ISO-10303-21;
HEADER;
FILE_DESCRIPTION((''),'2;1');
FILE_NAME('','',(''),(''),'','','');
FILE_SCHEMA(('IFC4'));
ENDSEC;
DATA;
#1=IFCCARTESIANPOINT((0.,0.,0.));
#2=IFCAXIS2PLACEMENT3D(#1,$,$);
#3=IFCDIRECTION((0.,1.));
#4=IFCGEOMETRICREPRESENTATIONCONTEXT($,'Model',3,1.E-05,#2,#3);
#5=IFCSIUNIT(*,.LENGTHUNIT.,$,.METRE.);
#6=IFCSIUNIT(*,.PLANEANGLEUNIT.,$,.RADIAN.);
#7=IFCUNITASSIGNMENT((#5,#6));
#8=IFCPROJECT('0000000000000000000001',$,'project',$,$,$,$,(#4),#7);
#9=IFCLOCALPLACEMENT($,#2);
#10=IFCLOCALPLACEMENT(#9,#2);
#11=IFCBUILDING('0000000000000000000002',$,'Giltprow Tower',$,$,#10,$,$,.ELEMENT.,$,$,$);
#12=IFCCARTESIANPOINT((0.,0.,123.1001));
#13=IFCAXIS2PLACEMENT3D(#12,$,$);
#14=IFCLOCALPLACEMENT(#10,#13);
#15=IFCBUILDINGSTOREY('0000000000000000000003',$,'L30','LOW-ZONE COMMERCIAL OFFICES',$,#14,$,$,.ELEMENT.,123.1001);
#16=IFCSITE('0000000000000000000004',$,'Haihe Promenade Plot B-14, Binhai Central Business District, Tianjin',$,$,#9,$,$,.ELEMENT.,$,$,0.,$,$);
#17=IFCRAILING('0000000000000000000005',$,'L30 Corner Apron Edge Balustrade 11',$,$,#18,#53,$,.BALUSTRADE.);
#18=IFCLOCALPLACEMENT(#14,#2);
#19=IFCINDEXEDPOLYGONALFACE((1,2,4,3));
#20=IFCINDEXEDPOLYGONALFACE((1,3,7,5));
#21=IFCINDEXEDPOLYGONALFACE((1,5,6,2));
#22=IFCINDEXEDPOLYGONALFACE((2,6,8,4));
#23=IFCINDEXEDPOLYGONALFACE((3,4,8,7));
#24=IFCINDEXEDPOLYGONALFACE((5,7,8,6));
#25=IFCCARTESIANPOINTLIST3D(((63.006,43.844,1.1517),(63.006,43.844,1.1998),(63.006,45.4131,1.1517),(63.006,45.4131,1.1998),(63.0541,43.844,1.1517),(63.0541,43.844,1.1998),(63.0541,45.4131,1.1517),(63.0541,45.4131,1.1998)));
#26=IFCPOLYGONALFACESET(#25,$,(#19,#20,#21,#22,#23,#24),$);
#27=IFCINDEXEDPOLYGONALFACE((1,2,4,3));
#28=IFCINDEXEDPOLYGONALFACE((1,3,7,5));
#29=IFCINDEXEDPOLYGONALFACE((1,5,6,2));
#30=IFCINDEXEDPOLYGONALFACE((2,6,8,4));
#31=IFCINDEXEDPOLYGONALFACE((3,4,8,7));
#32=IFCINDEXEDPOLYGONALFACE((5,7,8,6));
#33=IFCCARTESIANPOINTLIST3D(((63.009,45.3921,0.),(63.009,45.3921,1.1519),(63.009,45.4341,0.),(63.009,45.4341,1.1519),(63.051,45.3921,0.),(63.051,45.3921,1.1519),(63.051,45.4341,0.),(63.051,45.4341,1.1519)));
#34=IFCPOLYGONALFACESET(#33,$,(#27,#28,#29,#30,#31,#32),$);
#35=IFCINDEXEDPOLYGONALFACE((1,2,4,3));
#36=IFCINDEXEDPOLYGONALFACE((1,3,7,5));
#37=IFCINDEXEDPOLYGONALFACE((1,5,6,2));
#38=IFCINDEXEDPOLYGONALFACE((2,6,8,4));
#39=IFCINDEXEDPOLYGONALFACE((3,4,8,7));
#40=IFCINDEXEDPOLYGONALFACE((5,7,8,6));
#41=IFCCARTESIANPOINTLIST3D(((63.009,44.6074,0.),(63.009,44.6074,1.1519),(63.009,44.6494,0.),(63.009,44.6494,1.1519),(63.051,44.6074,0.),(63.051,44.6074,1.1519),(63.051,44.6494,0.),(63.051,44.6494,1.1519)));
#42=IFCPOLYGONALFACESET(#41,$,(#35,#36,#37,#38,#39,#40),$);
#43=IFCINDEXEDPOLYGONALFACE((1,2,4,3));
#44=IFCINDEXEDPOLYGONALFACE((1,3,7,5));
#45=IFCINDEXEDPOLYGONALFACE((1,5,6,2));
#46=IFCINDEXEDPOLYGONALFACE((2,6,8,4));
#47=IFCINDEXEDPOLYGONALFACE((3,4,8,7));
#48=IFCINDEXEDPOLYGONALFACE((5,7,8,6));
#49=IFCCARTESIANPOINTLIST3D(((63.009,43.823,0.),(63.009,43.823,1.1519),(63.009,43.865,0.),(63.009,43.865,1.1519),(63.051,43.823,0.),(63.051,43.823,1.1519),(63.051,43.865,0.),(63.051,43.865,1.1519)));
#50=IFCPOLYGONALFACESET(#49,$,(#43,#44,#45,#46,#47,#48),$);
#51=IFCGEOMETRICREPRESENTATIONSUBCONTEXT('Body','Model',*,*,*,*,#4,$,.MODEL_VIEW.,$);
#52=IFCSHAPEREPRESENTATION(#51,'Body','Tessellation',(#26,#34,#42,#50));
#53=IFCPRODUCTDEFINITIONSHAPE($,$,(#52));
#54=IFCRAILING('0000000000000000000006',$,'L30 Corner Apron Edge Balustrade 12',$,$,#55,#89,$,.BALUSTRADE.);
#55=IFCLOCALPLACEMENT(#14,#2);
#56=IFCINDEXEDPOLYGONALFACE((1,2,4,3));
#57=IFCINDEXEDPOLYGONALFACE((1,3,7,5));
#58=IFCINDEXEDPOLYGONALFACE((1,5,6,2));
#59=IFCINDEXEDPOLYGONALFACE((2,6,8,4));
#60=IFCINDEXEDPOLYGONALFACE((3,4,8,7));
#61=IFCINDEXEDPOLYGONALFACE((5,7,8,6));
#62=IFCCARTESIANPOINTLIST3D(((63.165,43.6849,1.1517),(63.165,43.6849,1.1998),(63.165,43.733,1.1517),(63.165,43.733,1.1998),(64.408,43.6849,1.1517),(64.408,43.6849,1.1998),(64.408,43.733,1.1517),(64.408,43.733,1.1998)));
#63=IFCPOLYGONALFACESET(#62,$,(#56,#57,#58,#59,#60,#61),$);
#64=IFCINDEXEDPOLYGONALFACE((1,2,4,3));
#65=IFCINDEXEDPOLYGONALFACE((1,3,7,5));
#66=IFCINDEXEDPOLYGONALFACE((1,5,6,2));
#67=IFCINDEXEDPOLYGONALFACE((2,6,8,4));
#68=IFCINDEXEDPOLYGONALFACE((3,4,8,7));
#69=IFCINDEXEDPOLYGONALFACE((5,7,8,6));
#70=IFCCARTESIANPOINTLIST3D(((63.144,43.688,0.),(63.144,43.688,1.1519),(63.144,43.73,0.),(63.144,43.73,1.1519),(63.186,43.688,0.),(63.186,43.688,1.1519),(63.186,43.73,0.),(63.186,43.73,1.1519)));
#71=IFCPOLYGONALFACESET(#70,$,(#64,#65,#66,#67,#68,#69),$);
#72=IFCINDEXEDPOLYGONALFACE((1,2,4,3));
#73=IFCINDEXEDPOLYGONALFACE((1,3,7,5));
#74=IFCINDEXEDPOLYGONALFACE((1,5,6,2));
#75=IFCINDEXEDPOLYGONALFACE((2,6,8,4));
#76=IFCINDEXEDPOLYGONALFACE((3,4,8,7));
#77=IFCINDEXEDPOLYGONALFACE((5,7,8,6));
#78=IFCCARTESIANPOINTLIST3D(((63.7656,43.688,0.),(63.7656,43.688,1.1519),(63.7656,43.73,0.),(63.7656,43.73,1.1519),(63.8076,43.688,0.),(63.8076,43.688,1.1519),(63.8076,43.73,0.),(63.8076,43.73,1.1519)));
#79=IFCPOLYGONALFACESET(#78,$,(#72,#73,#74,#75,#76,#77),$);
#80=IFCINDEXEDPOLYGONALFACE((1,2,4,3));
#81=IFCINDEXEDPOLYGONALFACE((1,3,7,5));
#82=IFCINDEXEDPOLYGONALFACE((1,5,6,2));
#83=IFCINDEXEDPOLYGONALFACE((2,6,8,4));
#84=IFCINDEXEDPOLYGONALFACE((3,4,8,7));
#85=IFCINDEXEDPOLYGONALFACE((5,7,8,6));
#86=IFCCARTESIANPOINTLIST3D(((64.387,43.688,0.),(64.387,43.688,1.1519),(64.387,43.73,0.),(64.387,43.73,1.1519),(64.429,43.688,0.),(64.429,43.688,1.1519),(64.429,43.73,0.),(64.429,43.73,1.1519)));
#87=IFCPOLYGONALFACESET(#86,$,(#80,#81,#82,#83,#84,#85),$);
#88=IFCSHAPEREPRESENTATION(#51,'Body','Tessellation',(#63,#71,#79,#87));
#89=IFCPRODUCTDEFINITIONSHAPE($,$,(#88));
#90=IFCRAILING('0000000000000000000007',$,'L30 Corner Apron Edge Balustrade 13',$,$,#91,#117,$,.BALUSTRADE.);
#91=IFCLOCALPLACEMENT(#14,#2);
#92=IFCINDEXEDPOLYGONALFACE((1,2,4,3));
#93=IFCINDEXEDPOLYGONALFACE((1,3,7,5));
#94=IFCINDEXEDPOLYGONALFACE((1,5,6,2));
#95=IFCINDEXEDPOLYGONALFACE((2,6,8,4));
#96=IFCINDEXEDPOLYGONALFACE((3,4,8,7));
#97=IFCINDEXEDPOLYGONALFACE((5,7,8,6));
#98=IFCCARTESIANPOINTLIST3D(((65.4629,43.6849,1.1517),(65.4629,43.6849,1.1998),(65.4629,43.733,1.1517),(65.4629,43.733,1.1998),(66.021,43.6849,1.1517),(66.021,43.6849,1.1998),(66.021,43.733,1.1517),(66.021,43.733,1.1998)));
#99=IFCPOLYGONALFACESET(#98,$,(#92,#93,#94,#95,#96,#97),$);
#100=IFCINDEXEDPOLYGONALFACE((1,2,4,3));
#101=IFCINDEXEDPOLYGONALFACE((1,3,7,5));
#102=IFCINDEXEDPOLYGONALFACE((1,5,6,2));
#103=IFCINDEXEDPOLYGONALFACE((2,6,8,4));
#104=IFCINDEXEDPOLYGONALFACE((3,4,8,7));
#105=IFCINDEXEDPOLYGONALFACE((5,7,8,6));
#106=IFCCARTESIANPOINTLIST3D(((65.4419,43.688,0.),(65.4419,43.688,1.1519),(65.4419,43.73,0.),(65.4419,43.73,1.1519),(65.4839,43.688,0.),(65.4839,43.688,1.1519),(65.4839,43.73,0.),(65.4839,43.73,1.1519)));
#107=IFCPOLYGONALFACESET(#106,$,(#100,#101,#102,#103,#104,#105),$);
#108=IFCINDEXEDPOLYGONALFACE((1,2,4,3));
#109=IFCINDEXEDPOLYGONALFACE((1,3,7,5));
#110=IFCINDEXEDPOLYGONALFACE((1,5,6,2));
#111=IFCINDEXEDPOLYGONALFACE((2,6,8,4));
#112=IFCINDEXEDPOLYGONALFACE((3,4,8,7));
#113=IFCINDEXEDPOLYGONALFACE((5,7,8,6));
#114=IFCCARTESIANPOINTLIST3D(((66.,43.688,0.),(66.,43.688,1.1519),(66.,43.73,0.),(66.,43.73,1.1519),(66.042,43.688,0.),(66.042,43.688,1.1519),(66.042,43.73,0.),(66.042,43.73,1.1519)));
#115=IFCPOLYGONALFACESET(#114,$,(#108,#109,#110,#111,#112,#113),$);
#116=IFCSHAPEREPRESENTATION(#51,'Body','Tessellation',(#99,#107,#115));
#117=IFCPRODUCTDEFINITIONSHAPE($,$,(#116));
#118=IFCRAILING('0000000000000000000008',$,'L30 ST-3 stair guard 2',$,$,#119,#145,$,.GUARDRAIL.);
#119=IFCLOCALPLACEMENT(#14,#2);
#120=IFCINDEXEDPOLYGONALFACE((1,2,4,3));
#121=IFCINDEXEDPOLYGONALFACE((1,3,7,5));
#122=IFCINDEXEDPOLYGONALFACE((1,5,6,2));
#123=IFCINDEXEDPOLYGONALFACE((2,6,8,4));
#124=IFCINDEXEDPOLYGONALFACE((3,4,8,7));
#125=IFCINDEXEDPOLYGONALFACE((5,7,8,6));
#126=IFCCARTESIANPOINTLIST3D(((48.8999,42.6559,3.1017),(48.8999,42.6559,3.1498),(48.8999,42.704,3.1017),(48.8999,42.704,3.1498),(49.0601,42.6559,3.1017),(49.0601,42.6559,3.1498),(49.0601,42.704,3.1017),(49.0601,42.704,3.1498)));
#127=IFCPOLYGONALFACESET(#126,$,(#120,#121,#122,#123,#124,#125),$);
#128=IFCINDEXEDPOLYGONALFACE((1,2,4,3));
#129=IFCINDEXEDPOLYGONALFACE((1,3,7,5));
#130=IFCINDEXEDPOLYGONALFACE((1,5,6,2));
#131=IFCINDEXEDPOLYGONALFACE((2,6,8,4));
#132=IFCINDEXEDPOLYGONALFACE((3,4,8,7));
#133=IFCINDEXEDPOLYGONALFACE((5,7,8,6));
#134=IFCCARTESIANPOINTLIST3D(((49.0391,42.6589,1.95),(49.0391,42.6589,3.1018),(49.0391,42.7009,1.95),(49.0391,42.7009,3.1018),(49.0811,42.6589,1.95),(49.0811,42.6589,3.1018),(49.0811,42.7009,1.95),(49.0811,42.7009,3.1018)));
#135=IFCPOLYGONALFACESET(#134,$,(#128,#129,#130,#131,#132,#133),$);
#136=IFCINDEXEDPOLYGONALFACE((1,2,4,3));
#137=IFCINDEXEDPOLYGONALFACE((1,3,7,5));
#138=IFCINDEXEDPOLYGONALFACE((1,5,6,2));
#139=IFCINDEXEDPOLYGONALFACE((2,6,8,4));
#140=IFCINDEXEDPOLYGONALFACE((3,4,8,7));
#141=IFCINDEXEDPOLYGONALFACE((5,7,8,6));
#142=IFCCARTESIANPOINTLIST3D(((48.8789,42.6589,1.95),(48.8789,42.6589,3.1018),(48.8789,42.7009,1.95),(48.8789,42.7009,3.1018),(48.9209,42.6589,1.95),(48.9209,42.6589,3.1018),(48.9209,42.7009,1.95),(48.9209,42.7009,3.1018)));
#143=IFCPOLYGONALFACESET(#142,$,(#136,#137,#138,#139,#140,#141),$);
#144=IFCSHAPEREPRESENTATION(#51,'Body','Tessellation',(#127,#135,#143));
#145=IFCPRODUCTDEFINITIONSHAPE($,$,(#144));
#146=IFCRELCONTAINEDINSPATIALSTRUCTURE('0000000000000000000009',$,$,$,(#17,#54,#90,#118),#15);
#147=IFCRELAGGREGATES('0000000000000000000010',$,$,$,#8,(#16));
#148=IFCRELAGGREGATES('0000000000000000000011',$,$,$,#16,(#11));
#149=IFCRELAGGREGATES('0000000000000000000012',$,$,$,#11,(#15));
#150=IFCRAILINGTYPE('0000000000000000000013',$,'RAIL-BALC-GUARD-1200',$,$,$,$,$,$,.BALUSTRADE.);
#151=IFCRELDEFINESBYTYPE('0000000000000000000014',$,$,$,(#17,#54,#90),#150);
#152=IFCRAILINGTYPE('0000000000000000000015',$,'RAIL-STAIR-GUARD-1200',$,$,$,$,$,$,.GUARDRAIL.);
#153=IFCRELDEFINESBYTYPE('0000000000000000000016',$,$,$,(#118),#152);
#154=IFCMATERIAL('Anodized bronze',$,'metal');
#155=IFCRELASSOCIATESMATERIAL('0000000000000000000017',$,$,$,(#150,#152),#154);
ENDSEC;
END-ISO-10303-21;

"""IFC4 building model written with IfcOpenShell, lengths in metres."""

from ifc_helpers import new_model, si_unit, direction, frame, origin, origin_2d, place, context, subcontext, project, spatial, rectangle, extrude, material, type_object, element, save


model = new_model("IFC4")

# Units and contexts
model_context = context("Model", 3, precision=1e-05, world=origin(), true_north=direction((0.0, 1.0)))
body_context = subcontext(model_context, "Body", "Model", "MODEL_VIEW")
ifc_project = project(units=[si_unit("LENGTHUNIT", "METRE"), si_unit("PLANEANGLEUNIT", "RADIAN")], contexts=[model_context])

# Site, building, storey
site_placement = place(None, origin())
site = spatial("IfcSite", under=ifc_project, at=site_placement, Name="Haihe Promenade Plot B-14, Binhai Central Business District, Tianjin", CompositionType="ELEMENT", RefElevation=0.0)
building_placement = place(site_placement, origin())
building = spatial("IfcBuilding", under=site, at=building_placement, Name="Giltprow Tower", CompositionType="ELEMENT")
storey_placement = place(building_placement, frame((0.0, 0.0, 123.1001)))
storey = spatial("IfcBuildingStorey", under=building, at=storey_placement, Name="L30", Description="LOW-ZONE COMMERCIAL OFFICES", CompositionType="ELEMENT", Elevation=123.1001)

# Railings
ifc_material_1 = material(Name="Anodized bronze", Category="metal")
railing_type_1 = type_object("IfcRailingType", Name="RAIL-BALC-GUARD-1200", PredefinedType="BALUSTRADE", material=ifc_material_1)
railing_1_placement = place(storey_placement, frame((63.03, 45.4131, 0.0)))
element("IfcRailing", 1, at=railing_1_placement, inside=storey, type_object=railing_type_1, Name="L30 Corner Apron Edge Balustrade 11", PredefinedType="BALUSTRADE", context=body_context, shape_type="SweptSolid", body=[
    extrude(rectangle(XDim=0.0481, YDim=0.0481, at=origin_2d()), frame((0.0, 0.0, 1.1758), z_axis=(0.0, -1.0, 0.0), x_axis=(1.0, 0.0, 0.0)), (0.0, 0.0, 1.0), 1.5691),
    extrude(rectangle(XDim=0.042, YDim=0.042, at=origin_2d()), origin(), (0.0, 0.0, 1.0), 1.1519),
    extrude(rectangle(XDim=0.042, YDim=0.042, at=origin_2d()), frame((0.0, -0.7847, 0.0)), (0.0, 0.0, 1.0), 1.1519),
    extrude(rectangle(XDim=0.042, YDim=0.042, at=origin_2d()), frame((0.0, -1.5691, 0.0)), (0.0, 0.0, 1.0), 1.1519),
])
railing_2_placement = place(storey_placement, frame((63.165, 43.709, 0.0)))
element("IfcRailing", 2, at=railing_2_placement, inside=storey, type_object=railing_type_1, Name="L30 Corner Apron Edge Balustrade 12", PredefinedType="BALUSTRADE", context=body_context, shape_type="SweptSolid", body=[
    extrude(rectangle(XDim=0.0481, YDim=0.0481, at=origin_2d()), frame((0.0, 0.0, 1.1758), z_axis=(1.0, 0.0, 0.0), x_axis=(0.0, 1.0, 0.0)), (0.0, 0.0, 1.0), 1.2429),
    extrude(rectangle(XDim=0.042, YDim=0.042, at=origin_2d()), origin(), (0.0, 0.0, 1.0), 1.1519),
    extrude(rectangle(XDim=0.042, YDim=0.042, at=origin_2d()), frame((0.6216, 0.0, 0.0)), (0.0, 0.0, 1.0), 1.1519),
    extrude(rectangle(XDim=0.042, YDim=0.042, at=origin_2d()), frame((1.2429, 0.0, 0.0)), (0.0, 0.0, 1.0), 1.1519),
])
railing_3_placement = place(storey_placement, frame((65.4629, 43.709, 0.0)))
element("IfcRailing", 3, at=railing_3_placement, inside=storey, type_object=railing_type_1, Name="L30 Corner Apron Edge Balustrade 13", PredefinedType="BALUSTRADE", context=body_context, shape_type="SweptSolid", body=[
    extrude(rectangle(XDim=0.0481, YDim=0.0481, at=origin_2d()), frame((0.0, 0.0, 1.1758), z_axis=(1.0, 0.0, 0.0), x_axis=(0.0, 1.0, 0.0)), (0.0, 0.0, 1.0), 0.5581),
    extrude(rectangle(XDim=0.042, YDim=0.042, at=origin_2d()), origin(), (0.0, 0.0, 1.0), 1.1519),
    extrude(rectangle(XDim=0.042, YDim=0.042, at=origin_2d()), frame((0.5581, 0.0, 0.0)), (0.0, 0.0, 1.0), 1.1519),
])
railing_type_2 = type_object("IfcRailingType", Name="RAIL-STAIR-GUARD-1200", PredefinedType="GUARDRAIL", material=ifc_material_1)
railing_4_placement = place(storey_placement, frame((49.0601, 42.6799, 1.95)))
element("IfcRailing", 4, at=railing_4_placement, inside=storey, type_object=railing_type_2, Name="L30 ST-3 stair guard 2", PredefinedType="GUARDRAIL", context=body_context, shape_type="SweptSolid", body=[
    extrude(rectangle(XDim=0.0481, YDim=0.0481, at=origin_2d()), frame((0.0, 0.0, 1.1758), z_axis=(-1.0, 0.0, 0.0), x_axis=(0.0, -1.0, 0.0)), (0.0, 0.0, 1.0), 0.1602),
    extrude(rectangle(XDim=0.042, YDim=0.042, at=origin_2d()), origin(), (0.0, 0.0, 1.0), 1.1519),
    extrude(rectangle(XDim=0.042, YDim=0.042, at=origin_2d()), frame((-0.1602, 0.0, 0.0)), (0.0, 0.0, 1.0), 1.1519),
])

save(model, "model.ifc")
